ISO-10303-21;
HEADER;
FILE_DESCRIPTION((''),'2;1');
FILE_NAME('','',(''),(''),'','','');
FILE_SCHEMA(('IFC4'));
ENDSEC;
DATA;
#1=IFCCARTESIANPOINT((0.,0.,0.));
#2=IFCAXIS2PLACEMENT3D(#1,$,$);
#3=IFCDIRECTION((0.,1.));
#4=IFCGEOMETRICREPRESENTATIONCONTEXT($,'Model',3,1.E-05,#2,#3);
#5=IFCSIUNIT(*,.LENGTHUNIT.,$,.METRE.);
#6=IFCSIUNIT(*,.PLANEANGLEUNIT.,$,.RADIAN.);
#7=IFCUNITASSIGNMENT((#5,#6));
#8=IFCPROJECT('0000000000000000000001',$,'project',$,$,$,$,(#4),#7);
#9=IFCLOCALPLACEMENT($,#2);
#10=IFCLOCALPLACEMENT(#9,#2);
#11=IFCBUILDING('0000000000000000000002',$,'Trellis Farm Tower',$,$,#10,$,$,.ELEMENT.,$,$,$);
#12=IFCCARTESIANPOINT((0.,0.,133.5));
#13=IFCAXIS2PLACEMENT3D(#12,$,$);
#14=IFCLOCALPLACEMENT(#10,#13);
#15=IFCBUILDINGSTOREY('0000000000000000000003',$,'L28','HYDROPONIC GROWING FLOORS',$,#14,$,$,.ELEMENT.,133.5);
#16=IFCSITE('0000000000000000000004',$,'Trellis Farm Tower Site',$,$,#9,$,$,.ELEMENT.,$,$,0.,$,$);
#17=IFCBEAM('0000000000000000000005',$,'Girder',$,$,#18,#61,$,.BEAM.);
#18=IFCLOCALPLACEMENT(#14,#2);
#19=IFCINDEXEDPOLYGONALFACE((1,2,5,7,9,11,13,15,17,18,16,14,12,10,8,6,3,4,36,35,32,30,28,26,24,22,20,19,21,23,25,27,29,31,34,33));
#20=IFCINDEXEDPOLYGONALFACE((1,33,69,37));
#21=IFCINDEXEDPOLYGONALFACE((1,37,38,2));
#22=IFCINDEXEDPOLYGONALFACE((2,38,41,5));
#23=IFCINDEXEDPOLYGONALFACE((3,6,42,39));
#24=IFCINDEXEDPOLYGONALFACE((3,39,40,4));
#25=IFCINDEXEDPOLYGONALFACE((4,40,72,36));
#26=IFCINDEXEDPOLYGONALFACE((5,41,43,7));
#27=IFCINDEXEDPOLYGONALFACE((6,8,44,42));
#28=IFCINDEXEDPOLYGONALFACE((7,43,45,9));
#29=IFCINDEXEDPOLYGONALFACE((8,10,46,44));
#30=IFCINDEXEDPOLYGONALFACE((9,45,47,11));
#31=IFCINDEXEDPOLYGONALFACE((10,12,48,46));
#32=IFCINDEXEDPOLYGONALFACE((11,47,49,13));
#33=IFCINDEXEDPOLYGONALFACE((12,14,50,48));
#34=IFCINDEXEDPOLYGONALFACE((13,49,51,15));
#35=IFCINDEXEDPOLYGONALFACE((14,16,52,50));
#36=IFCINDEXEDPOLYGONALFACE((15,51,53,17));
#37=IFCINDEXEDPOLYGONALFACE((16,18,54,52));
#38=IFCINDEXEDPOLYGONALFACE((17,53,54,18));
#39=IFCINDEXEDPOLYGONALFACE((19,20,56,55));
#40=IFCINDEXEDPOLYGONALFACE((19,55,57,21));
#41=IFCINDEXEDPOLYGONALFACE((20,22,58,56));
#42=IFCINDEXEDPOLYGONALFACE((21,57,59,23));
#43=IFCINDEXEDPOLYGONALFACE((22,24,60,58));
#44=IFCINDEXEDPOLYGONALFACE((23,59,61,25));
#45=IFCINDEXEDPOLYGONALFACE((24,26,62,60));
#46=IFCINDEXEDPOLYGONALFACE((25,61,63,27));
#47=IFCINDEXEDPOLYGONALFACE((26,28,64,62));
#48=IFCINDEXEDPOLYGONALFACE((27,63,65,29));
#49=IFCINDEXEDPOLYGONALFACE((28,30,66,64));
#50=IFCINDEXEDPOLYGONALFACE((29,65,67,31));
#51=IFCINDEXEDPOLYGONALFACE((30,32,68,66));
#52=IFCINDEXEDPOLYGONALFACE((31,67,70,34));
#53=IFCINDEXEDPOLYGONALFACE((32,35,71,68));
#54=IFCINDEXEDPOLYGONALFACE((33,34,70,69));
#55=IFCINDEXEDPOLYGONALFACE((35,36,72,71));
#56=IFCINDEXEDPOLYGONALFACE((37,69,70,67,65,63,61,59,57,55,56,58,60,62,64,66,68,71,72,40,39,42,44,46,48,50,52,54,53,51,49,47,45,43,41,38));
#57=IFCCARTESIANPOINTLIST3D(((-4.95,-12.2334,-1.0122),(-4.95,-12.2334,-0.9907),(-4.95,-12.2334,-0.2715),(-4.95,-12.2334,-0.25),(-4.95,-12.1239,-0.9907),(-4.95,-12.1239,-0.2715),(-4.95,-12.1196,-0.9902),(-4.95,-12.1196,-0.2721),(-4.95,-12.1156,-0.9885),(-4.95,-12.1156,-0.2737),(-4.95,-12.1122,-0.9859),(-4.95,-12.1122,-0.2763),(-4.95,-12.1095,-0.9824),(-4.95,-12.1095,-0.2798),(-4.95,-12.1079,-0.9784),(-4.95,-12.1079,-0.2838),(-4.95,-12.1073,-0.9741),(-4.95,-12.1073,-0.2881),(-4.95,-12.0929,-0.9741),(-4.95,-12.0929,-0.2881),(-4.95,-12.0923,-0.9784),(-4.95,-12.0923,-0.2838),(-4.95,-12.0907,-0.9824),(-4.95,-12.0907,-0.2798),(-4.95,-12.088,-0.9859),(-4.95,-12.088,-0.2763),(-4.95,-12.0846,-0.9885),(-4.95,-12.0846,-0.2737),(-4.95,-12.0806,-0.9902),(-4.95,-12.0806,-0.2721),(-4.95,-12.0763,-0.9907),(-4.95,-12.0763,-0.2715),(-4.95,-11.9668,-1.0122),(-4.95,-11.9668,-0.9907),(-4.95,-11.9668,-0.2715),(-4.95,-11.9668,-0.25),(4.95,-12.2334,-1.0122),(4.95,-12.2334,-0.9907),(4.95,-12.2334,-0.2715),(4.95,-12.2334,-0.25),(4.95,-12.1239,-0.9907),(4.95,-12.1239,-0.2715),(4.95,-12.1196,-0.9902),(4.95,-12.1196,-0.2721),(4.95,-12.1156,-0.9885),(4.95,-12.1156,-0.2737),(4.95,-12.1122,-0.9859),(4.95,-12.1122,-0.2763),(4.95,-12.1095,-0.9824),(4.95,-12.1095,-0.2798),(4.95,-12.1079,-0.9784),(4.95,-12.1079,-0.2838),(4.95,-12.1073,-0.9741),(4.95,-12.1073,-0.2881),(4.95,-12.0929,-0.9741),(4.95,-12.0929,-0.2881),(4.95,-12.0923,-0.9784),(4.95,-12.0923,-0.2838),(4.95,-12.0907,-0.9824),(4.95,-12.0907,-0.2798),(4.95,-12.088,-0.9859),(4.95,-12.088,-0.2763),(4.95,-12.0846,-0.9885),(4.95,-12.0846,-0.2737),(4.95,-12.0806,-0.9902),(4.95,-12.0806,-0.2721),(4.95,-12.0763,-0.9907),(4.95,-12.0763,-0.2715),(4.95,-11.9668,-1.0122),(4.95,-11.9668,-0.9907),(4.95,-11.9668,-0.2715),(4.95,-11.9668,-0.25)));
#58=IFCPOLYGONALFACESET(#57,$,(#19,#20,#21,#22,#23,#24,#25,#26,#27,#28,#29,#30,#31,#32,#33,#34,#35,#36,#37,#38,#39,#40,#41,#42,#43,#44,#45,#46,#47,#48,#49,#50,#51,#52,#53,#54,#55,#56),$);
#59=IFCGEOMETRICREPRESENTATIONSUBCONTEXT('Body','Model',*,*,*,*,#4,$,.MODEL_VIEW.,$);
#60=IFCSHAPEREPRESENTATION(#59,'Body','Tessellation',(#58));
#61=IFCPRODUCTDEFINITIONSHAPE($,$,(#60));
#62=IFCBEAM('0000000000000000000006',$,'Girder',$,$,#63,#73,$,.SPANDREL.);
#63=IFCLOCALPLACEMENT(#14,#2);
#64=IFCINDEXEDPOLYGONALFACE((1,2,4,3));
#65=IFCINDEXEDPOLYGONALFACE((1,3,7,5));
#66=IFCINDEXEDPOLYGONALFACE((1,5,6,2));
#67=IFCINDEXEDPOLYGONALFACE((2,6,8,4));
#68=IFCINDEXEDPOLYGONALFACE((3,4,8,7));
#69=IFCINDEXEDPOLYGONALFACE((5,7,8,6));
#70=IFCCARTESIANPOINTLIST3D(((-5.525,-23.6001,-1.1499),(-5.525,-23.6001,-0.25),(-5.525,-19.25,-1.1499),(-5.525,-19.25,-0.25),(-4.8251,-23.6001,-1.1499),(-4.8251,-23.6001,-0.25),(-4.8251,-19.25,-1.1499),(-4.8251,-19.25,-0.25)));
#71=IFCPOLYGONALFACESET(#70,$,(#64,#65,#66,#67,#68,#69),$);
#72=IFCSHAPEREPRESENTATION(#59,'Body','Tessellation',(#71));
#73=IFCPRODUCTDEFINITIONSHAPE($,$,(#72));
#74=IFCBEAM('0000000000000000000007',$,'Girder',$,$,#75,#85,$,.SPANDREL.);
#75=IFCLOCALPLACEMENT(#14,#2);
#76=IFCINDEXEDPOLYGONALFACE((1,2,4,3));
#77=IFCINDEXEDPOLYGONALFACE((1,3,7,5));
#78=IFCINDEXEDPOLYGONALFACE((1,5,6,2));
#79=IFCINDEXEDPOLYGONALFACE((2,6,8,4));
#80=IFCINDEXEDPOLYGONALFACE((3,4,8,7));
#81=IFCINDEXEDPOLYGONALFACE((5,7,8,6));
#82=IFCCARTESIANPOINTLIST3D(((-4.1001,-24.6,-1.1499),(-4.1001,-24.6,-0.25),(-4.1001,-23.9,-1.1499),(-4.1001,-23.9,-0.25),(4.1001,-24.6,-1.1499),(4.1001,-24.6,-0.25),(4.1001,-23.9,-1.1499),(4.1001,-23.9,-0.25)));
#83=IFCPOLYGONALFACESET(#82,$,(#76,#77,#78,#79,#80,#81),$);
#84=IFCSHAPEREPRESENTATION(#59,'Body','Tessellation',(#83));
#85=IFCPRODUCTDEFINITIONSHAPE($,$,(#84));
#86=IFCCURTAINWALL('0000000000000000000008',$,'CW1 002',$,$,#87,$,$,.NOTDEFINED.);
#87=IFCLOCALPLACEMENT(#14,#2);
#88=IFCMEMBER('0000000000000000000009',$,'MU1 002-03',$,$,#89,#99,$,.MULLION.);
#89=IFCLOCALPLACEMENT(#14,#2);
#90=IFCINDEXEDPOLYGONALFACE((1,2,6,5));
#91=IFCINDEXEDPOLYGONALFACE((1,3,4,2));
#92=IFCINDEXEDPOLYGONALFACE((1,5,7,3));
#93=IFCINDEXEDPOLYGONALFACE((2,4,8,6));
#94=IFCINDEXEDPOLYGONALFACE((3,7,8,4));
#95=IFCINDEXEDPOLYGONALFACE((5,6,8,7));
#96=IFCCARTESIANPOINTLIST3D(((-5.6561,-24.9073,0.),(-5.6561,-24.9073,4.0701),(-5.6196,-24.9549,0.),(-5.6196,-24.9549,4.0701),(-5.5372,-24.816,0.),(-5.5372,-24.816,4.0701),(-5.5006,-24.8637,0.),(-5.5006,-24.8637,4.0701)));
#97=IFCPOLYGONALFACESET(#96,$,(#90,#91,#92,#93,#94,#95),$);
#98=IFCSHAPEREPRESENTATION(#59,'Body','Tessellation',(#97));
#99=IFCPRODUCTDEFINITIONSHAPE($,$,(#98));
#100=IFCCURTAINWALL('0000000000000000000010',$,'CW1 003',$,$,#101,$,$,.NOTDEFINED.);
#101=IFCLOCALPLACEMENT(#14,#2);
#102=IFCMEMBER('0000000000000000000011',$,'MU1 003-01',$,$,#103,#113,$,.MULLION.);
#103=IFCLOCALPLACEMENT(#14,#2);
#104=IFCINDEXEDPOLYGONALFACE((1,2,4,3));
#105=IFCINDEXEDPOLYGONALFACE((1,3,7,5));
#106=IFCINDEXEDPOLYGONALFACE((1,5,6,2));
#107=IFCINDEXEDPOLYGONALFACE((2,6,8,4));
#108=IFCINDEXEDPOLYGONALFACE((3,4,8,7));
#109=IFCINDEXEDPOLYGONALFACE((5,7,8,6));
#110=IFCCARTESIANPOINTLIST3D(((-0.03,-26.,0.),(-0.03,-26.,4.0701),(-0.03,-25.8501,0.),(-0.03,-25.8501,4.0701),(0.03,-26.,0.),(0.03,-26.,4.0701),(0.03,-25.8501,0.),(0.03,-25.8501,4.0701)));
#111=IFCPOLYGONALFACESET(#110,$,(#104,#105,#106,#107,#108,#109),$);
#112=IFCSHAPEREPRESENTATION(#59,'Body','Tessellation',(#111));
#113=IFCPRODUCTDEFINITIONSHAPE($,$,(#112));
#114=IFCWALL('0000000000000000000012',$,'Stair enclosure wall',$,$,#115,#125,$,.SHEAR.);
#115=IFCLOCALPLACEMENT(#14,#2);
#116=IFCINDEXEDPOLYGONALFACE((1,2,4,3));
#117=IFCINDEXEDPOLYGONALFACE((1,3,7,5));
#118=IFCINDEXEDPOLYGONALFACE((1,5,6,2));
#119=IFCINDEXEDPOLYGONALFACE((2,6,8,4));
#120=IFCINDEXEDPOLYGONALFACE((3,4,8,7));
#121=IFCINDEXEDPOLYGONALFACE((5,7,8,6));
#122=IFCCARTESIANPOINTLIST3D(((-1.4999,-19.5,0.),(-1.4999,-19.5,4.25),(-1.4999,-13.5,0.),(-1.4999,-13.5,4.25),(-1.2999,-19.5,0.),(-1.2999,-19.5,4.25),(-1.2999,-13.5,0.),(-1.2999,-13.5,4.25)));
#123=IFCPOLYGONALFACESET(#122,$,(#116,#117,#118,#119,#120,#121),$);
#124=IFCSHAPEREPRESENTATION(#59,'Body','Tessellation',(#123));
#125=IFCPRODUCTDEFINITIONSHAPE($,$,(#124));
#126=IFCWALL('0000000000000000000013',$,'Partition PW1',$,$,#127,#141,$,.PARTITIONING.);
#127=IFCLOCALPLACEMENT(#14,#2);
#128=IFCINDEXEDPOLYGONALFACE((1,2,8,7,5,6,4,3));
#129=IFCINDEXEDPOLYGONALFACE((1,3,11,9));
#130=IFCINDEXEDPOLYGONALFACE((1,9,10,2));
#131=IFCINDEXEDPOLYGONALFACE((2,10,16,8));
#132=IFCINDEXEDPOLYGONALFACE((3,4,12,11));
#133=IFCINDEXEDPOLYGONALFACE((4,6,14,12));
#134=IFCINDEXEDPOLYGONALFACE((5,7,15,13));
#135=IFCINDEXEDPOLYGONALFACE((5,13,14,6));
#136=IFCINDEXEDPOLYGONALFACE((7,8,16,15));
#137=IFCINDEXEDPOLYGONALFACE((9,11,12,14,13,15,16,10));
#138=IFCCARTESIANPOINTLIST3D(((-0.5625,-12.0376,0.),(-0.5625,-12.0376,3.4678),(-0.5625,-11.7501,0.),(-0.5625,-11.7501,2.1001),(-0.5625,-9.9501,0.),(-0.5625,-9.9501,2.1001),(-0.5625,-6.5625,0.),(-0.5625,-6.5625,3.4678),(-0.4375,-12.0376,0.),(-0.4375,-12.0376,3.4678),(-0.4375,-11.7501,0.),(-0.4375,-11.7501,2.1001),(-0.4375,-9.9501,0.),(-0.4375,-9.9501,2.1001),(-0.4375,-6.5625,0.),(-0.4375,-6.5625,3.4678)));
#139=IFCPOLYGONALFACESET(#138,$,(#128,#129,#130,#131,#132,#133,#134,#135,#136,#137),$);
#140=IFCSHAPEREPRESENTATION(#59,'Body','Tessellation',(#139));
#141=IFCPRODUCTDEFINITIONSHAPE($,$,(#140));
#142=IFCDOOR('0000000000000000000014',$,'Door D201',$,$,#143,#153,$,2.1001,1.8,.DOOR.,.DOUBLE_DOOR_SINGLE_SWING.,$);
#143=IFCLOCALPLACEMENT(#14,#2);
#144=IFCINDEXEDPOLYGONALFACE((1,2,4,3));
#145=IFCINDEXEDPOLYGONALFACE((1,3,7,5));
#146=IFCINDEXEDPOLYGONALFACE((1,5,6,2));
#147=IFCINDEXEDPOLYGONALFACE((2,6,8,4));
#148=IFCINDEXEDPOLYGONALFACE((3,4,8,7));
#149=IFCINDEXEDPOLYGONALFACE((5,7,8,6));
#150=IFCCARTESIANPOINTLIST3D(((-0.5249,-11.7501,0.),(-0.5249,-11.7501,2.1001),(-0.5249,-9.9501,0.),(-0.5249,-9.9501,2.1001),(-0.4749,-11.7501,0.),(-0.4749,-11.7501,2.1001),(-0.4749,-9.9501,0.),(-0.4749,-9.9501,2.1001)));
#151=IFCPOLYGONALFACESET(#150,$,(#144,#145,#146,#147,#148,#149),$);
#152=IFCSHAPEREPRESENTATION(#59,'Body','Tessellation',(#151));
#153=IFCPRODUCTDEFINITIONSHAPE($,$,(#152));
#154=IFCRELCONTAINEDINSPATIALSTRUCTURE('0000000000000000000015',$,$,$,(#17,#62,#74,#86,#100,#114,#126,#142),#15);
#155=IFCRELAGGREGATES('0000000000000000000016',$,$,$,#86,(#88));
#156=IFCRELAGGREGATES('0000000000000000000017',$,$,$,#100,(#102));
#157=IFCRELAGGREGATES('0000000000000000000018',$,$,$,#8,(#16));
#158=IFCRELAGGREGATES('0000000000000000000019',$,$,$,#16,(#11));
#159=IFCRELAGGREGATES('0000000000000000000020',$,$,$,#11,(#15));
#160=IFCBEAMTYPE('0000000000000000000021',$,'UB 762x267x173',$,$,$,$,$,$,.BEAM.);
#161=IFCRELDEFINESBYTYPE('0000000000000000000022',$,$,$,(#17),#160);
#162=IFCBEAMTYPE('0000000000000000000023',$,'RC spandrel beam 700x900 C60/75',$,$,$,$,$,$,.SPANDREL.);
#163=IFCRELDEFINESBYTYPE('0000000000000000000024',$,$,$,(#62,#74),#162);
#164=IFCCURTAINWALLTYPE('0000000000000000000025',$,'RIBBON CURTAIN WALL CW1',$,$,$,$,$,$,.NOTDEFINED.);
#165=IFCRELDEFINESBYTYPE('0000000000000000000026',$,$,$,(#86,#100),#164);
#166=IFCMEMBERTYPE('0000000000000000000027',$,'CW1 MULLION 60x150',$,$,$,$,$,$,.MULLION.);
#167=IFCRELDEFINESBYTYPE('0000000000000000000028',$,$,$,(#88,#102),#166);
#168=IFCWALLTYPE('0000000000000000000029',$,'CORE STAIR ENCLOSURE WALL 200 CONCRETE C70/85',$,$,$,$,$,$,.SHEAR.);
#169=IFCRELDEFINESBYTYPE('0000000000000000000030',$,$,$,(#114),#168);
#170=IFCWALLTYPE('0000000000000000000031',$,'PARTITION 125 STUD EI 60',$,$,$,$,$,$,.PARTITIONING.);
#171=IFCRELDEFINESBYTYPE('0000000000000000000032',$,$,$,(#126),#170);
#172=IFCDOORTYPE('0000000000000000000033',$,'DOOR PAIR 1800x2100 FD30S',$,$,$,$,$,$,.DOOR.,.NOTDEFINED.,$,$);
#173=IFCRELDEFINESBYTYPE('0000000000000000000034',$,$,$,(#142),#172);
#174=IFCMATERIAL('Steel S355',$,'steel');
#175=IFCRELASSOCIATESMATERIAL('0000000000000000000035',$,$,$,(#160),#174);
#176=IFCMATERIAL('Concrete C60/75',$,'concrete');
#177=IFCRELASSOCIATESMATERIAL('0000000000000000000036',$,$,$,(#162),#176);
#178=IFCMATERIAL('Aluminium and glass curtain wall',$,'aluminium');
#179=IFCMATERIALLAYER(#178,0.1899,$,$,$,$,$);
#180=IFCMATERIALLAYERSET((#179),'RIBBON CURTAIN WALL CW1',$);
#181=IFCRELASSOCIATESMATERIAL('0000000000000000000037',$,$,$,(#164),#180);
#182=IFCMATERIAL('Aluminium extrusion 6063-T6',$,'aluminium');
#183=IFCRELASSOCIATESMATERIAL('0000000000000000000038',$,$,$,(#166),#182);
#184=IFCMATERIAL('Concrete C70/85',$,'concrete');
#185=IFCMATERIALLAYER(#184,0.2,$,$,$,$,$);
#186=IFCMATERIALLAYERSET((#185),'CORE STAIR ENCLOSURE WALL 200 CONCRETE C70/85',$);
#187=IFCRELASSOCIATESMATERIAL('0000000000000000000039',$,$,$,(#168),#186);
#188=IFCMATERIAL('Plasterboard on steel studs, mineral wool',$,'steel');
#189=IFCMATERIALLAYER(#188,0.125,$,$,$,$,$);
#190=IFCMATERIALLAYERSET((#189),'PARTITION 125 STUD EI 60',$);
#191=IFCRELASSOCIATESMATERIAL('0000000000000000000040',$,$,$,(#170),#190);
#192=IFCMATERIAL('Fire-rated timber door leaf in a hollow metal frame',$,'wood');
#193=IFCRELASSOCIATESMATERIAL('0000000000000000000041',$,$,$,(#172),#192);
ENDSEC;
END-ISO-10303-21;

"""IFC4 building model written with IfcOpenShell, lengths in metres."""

from ifc_helpers import new_model, si_unit, direction, frame, frame_2d, origin, origin_2d, place, context, subcontext, project, spatial, rectangle, i_section, extrude, source, transform, mapped, material, layer, layer_set, material_profile, profile_set, type_object, element, fill, aggregate, save


model = new_model("IFC4")

# Units and contexts
model_context = context("Model", 3, precision=1e-05, world=origin(), true_north=direction((0.0, 1.0)))
body_context = subcontext(model_context, "Body", "Model", "MODEL_VIEW")
ifc_project = project(units=[si_unit("LENGTHUNIT", "METRE"), si_unit("PLANEANGLEUNIT", "RADIAN")], contexts=[model_context])

# Site, building, storey
site_placement = place(None, origin())
site = spatial("IfcSite", under=ifc_project, at=site_placement, Name="Trellis Farm Tower Site", CompositionType="ELEMENT", RefElevation=0.0)
building_placement = place(site_placement, origin())
building = spatial("IfcBuilding", under=site, at=building_placement, Name="Trellis Farm Tower", CompositionType="ELEMENT")
storey_placement = place(building_placement, frame((0.0, 0.0, 133.5)))
storey = spatial("IfcBuildingStorey", under=building, at=storey_placement, Name="L28", Description="HYDROPONIC GROWING FLOORS", CompositionType="ELEMENT", Elevation=133.5)

# Beams
ifc_material_1 = material(Name="Steel S355", Category="steel")
ifc_material_profile_1 = material_profile(ifc_material_1, i_section(OverallWidth=0.2666, OverallDepth=0.7622, WebThickness=0.0144, FlangeThickness=0.0215, FilletRadius=0.0166, at=origin_2d()), Name="UB 762x267x173")
ifc_profile_set_1 = profile_set([ifc_material_profile_1], Name="Steel S355")
beam_type_1 = type_object("IfcBeamType", Name="UB 762x267x173", PredefinedType="BEAM", material=ifc_profile_set_1)
shared_shape_1 = source(origin(), body_context, "Body", "SweptSolid", [
    extrude(i_section(OverallWidth=0.2666, OverallDepth=0.7622, WebThickness=0.0144, FlangeThickness=0.0215, FilletRadius=0.0166, at=origin_2d()), origin(), (0.0, 0.0, 1.0), 9.8999),
])
beam_1_placement = place(storey_placement, frame((-4.95, -12.1001, -0.6311), z_axis=(1.0, 0.0, 0.0), x_axis=(0.0, 1.0, 0.0)))
element("IfcBeam", 1, at=beam_1_placement, inside=storey, type_object=beam_type_1, Name="Girder", PredefinedType="BEAM", context=body_context, shape_type="MappedRepresentation", body=[
    mapped(shared_shape_1, transform((0.0, 0.0, 0.0))),
])
ifc_material_2 = material(Name="Concrete C60/75", Category="concrete")
ifc_material_profile_2 = material_profile(ifc_material_2, rectangle(XDim=0.7, YDim=0.8999, at=origin_2d()), Name="RC spandrel beam 700x900 C60/75")
ifc_profile_set_2 = profile_set([ifc_material_profile_2], Name="Concrete C60/75")
beam_type_2 = type_object("IfcBeamType", Name="RC spandrel beam 700x900 C60/75", PredefinedType="SPANDREL", material=ifc_profile_set_2)
shared_shape_2 = source(origin(), body_context, "Body", "SweptSolid", [
    extrude(rectangle(XDim=0.7, YDim=0.8999, at=origin_2d()), origin(), (0.0, 0.0, 1.0), 4.3501),
])
beam_2_placement = place(storey_placement, frame((-5.175, -23.6001, -0.7), z_axis=(0.0, 1.0, 0.0), x_axis=(-1.0, 0.0, 0.0)))
element("IfcBeam", 2, at=beam_2_placement, inside=storey, type_object=beam_type_2, Name="Girder", PredefinedType="SPANDREL", context=body_context, shape_type="MappedRepresentation", body=[
    mapped(shared_shape_2, transform((0.0, 0.0, 0.0))),
])
shared_shape_3 = source(origin(), body_context, "Body", "SweptSolid", [
    extrude(rectangle(XDim=0.7, YDim=0.8999, at=origin_2d()), origin(), (0.0, 0.0, 1.0), 8.2002),
])
beam_3_placement = place(storey_placement, frame((-4.1001, -24.25, -0.7), z_axis=(1.0, 0.0, 0.0), x_axis=(0.0, 1.0, 0.0)))
element("IfcBeam", 3, at=beam_3_placement, inside=storey, type_object=beam_type_2, Name="Girder", PredefinedType="SPANDREL", context=body_context, shape_type="MappedRepresentation", body=[
    mapped(shared_shape_3, transform((0.0, 0.0, 0.0))),
])

# Curtain walls, members
ifc_material_3 = material(Name="Aluminium and glass curtain wall", Category="aluminium")
ifc_layer_1 = layer(ifc_material_3, 0.1899)
ifc_layer_set_1 = layer_set([ifc_layer_1], Name="RIBBON CURTAIN WALL CW1")
curtain_wall_type = type_object("IfcCurtainWallType", Name="RIBBON CURTAIN WALL CW1", PredefinedType="NOTDEFINED", material=ifc_layer_set_1)
placement = place(storey_placement, origin())
curtain_wall_1 = element("IfcCurtainWall", 4, at=placement, inside=storey, type_object=curtain_wall_type, Name="CW1 002", PredefinedType="NOTDEFINED")
ifc_material_4 = material(Name="Aluminium extrusion 6063-T6", Category="aluminium")
ifc_material_profile_3 = material_profile(ifc_material_4, rectangle(XDim=0.0601, YDim=0.1499, at=origin_2d()), Name="MULLION 60x150")
ifc_profile_set_3 = profile_set([ifc_material_profile_3], Name="Aluminium extrusion 6063-T6")
member_type = type_object("IfcMemberType", Name="CW1 MULLION 60x150", PredefinedType="MULLION", material=ifc_profile_set_3)
shared_shape_4 = source(origin(), body_context, "Body", "SweptSolid", [
    extrude(rectangle(XDim=0.0601, YDim=0.1499, at=origin_2d()), origin(), (0.0, 0.0, 1.0), 4.0701),
])
member_1_placement = place(storey_placement, frame((-5.5784, -24.8855, 0.0), z_axis=(0.0, 0.0, 1.0), x_axis=(0.608761, -0.793353, 0.0)))
member_1 = element("IfcMember", 5, at=member_1_placement, type_object=member_type, Name="MU1 002-03", PredefinedType="MULLION", context=body_context, shape_type="MappedRepresentation", body=[
    mapped(shared_shape_4, transform((0.0, 0.0, 0.0))),
])
aggregate(curtain_wall_1, [member_1])
curtain_wall_2 = element("IfcCurtainWall", 6, at=placement, inside=storey, type_object=curtain_wall_type, Name="CW1 003", PredefinedType="NOTDEFINED")
member_2_placement = place(storey_placement, frame((0.0, -25.925, 0.0), z_axis=(0.0, 0.0, 1.0), x_axis=(1.0, 0.0, 0.0)))
member_2 = element("IfcMember", 7, at=member_2_placement, type_object=member_type, Name="MU1 003-01", PredefinedType="MULLION", context=body_context, shape_type="MappedRepresentation", body=[
    mapped(shared_shape_4, transform((0.0, 0.0, 0.0))),
])
aggregate(curtain_wall_2, [member_2])

# Wall
ifc_material_5 = material(Name="Concrete C70/85", Category="concrete")
ifc_layer_2 = layer(ifc_material_5, 0.2)
ifc_layer_set_2 = layer_set([ifc_layer_2], Name="CORE STAIR ENCLOSURE WALL 200 CONCRETE C70/85")
wall_type_1 = type_object("IfcWallType", Name="CORE STAIR ENCLOSURE WALL 200 CONCRETE C70/85", PredefinedType="SHEAR", material=ifc_layer_set_2)
shared_shape_5 = source(origin(), body_context, "Body", "SweptSolid", [
    extrude(rectangle(XDim=6.0, YDim=0.2, at=frame_2d((3.0, 0.0))), origin(), (0.0, 0.0, 1.0), 4.25),
])
wall_1_placement = place(storey_placement, frame((-1.3999, -13.5, 0.0), z_axis=(0.0, 0.0, 1.0), x_axis=(0.0, -1.0, 0.0)))
element("IfcWall", 8, at=wall_1_placement, inside=storey, type_object=wall_type_1, Name="Stair enclosure wall", PredefinedType="SHEAR", context=body_context, shape_type="MappedRepresentation", body=[
    mapped(shared_shape_5, transform((0.0, 0.0, 0.0))),
])

# Wall, opening, door
ifc_material_6 = material(Name="Plasterboard on steel studs, mineral wool", Category="steel")
ifc_layer_3 = layer(ifc_material_6, 0.125)
ifc_layer_set_3 = layer_set([ifc_layer_3], Name="PARTITION 125 STUD EI 60")
wall_type_2 = type_object("IfcWallType", Name="PARTITION 125 STUD EI 60", PredefinedType="PARTITIONING", material=ifc_layer_set_3)
shared_shape_6 = source(origin(), body_context, "Body", "SweptSolid", [
    extrude(rectangle(XDim=5.4751, YDim=0.125, at=frame_2d((2.7375, 0.0))), origin(), (0.0, 0.0, 1.0), 3.4678),
])
wall_2_placement = place(storey_placement, frame((-0.5, -12.0376, 0.0), z_axis=(0.0, 0.0, 1.0), x_axis=(0.0, 1.0, 0.0)))
wall_2 = element("IfcWall", 9, at=wall_2_placement, inside=storey, type_object=wall_type_2, Name="Partition PW1", PredefinedType="PARTITIONING", context=body_context, shape_type="MappedRepresentation", body=[
    mapped(shared_shape_6, transform((0.0, 0.0, 0.0))),
])
shared_shape_7 = source(origin(), body_context, "Body", "SweptSolid", [
    extrude(rectangle(XDim=1.8, YDim=2.1001, at=frame_2d((0.8999, 1.05))), frame((0.0, 0.0725, 0.0), z_axis=(0.0, -1.0, 0.0), x_axis=(1.0, 0.0, 0.0)), (0.0, 0.0, 1.0), 0.145),
])
opening_1_placement = place(wall_2_placement, frame((0.2876, 0.0, 0.0)))
opening_1 = element("IfcOpeningElement", 10, at=opening_1_placement, cuts=wall_2, PredefinedType="OPENING", context=body_context, shape_type="MappedRepresentation", body=[
    mapped(shared_shape_7, transform((0.0, 0.0, 0.0))),
])
ifc_material_7 = material(Name="Fire-rated timber door leaf in a hollow metal frame", Category="wood")
door_type_1 = type_object("IfcDoorType", Name="DOOR PAIR 1800x2100 FD30S", OperationType="NOTDEFINED", PredefinedType="DOOR", material=ifc_material_7)
shared_shape_8 = source(origin(), body_context, "Body", "SweptSolid", [
    extrude(rectangle(XDim=1.8, YDim=2.1001, at=frame_2d((0.8999, 1.05))), frame((0.0, 0.0249, 0.0), z_axis=(0.0, -1.0, 0.0), x_axis=(1.0, 0.0, 0.0)), (0.0, 0.0, 1.0), 0.05),
])
door_1_placement = place(opening_1_placement, origin())
door_1 = element("IfcDoor", 11, at=door_1_placement, inside=storey, type_object=door_type_1, Name="Door D201", OperationType="DOUBLE_DOOR_SINGLE_SWING", OverallHeight=2.1001, OverallWidth=1.8, PredefinedType="DOOR", context=body_context, shape_type="MappedRepresentation", body=[
    mapped(shared_shape_8, transform((0.0, 0.0, 0.0))),
])
fill(opening_1, door_1)

save(model, "model.ifc")
